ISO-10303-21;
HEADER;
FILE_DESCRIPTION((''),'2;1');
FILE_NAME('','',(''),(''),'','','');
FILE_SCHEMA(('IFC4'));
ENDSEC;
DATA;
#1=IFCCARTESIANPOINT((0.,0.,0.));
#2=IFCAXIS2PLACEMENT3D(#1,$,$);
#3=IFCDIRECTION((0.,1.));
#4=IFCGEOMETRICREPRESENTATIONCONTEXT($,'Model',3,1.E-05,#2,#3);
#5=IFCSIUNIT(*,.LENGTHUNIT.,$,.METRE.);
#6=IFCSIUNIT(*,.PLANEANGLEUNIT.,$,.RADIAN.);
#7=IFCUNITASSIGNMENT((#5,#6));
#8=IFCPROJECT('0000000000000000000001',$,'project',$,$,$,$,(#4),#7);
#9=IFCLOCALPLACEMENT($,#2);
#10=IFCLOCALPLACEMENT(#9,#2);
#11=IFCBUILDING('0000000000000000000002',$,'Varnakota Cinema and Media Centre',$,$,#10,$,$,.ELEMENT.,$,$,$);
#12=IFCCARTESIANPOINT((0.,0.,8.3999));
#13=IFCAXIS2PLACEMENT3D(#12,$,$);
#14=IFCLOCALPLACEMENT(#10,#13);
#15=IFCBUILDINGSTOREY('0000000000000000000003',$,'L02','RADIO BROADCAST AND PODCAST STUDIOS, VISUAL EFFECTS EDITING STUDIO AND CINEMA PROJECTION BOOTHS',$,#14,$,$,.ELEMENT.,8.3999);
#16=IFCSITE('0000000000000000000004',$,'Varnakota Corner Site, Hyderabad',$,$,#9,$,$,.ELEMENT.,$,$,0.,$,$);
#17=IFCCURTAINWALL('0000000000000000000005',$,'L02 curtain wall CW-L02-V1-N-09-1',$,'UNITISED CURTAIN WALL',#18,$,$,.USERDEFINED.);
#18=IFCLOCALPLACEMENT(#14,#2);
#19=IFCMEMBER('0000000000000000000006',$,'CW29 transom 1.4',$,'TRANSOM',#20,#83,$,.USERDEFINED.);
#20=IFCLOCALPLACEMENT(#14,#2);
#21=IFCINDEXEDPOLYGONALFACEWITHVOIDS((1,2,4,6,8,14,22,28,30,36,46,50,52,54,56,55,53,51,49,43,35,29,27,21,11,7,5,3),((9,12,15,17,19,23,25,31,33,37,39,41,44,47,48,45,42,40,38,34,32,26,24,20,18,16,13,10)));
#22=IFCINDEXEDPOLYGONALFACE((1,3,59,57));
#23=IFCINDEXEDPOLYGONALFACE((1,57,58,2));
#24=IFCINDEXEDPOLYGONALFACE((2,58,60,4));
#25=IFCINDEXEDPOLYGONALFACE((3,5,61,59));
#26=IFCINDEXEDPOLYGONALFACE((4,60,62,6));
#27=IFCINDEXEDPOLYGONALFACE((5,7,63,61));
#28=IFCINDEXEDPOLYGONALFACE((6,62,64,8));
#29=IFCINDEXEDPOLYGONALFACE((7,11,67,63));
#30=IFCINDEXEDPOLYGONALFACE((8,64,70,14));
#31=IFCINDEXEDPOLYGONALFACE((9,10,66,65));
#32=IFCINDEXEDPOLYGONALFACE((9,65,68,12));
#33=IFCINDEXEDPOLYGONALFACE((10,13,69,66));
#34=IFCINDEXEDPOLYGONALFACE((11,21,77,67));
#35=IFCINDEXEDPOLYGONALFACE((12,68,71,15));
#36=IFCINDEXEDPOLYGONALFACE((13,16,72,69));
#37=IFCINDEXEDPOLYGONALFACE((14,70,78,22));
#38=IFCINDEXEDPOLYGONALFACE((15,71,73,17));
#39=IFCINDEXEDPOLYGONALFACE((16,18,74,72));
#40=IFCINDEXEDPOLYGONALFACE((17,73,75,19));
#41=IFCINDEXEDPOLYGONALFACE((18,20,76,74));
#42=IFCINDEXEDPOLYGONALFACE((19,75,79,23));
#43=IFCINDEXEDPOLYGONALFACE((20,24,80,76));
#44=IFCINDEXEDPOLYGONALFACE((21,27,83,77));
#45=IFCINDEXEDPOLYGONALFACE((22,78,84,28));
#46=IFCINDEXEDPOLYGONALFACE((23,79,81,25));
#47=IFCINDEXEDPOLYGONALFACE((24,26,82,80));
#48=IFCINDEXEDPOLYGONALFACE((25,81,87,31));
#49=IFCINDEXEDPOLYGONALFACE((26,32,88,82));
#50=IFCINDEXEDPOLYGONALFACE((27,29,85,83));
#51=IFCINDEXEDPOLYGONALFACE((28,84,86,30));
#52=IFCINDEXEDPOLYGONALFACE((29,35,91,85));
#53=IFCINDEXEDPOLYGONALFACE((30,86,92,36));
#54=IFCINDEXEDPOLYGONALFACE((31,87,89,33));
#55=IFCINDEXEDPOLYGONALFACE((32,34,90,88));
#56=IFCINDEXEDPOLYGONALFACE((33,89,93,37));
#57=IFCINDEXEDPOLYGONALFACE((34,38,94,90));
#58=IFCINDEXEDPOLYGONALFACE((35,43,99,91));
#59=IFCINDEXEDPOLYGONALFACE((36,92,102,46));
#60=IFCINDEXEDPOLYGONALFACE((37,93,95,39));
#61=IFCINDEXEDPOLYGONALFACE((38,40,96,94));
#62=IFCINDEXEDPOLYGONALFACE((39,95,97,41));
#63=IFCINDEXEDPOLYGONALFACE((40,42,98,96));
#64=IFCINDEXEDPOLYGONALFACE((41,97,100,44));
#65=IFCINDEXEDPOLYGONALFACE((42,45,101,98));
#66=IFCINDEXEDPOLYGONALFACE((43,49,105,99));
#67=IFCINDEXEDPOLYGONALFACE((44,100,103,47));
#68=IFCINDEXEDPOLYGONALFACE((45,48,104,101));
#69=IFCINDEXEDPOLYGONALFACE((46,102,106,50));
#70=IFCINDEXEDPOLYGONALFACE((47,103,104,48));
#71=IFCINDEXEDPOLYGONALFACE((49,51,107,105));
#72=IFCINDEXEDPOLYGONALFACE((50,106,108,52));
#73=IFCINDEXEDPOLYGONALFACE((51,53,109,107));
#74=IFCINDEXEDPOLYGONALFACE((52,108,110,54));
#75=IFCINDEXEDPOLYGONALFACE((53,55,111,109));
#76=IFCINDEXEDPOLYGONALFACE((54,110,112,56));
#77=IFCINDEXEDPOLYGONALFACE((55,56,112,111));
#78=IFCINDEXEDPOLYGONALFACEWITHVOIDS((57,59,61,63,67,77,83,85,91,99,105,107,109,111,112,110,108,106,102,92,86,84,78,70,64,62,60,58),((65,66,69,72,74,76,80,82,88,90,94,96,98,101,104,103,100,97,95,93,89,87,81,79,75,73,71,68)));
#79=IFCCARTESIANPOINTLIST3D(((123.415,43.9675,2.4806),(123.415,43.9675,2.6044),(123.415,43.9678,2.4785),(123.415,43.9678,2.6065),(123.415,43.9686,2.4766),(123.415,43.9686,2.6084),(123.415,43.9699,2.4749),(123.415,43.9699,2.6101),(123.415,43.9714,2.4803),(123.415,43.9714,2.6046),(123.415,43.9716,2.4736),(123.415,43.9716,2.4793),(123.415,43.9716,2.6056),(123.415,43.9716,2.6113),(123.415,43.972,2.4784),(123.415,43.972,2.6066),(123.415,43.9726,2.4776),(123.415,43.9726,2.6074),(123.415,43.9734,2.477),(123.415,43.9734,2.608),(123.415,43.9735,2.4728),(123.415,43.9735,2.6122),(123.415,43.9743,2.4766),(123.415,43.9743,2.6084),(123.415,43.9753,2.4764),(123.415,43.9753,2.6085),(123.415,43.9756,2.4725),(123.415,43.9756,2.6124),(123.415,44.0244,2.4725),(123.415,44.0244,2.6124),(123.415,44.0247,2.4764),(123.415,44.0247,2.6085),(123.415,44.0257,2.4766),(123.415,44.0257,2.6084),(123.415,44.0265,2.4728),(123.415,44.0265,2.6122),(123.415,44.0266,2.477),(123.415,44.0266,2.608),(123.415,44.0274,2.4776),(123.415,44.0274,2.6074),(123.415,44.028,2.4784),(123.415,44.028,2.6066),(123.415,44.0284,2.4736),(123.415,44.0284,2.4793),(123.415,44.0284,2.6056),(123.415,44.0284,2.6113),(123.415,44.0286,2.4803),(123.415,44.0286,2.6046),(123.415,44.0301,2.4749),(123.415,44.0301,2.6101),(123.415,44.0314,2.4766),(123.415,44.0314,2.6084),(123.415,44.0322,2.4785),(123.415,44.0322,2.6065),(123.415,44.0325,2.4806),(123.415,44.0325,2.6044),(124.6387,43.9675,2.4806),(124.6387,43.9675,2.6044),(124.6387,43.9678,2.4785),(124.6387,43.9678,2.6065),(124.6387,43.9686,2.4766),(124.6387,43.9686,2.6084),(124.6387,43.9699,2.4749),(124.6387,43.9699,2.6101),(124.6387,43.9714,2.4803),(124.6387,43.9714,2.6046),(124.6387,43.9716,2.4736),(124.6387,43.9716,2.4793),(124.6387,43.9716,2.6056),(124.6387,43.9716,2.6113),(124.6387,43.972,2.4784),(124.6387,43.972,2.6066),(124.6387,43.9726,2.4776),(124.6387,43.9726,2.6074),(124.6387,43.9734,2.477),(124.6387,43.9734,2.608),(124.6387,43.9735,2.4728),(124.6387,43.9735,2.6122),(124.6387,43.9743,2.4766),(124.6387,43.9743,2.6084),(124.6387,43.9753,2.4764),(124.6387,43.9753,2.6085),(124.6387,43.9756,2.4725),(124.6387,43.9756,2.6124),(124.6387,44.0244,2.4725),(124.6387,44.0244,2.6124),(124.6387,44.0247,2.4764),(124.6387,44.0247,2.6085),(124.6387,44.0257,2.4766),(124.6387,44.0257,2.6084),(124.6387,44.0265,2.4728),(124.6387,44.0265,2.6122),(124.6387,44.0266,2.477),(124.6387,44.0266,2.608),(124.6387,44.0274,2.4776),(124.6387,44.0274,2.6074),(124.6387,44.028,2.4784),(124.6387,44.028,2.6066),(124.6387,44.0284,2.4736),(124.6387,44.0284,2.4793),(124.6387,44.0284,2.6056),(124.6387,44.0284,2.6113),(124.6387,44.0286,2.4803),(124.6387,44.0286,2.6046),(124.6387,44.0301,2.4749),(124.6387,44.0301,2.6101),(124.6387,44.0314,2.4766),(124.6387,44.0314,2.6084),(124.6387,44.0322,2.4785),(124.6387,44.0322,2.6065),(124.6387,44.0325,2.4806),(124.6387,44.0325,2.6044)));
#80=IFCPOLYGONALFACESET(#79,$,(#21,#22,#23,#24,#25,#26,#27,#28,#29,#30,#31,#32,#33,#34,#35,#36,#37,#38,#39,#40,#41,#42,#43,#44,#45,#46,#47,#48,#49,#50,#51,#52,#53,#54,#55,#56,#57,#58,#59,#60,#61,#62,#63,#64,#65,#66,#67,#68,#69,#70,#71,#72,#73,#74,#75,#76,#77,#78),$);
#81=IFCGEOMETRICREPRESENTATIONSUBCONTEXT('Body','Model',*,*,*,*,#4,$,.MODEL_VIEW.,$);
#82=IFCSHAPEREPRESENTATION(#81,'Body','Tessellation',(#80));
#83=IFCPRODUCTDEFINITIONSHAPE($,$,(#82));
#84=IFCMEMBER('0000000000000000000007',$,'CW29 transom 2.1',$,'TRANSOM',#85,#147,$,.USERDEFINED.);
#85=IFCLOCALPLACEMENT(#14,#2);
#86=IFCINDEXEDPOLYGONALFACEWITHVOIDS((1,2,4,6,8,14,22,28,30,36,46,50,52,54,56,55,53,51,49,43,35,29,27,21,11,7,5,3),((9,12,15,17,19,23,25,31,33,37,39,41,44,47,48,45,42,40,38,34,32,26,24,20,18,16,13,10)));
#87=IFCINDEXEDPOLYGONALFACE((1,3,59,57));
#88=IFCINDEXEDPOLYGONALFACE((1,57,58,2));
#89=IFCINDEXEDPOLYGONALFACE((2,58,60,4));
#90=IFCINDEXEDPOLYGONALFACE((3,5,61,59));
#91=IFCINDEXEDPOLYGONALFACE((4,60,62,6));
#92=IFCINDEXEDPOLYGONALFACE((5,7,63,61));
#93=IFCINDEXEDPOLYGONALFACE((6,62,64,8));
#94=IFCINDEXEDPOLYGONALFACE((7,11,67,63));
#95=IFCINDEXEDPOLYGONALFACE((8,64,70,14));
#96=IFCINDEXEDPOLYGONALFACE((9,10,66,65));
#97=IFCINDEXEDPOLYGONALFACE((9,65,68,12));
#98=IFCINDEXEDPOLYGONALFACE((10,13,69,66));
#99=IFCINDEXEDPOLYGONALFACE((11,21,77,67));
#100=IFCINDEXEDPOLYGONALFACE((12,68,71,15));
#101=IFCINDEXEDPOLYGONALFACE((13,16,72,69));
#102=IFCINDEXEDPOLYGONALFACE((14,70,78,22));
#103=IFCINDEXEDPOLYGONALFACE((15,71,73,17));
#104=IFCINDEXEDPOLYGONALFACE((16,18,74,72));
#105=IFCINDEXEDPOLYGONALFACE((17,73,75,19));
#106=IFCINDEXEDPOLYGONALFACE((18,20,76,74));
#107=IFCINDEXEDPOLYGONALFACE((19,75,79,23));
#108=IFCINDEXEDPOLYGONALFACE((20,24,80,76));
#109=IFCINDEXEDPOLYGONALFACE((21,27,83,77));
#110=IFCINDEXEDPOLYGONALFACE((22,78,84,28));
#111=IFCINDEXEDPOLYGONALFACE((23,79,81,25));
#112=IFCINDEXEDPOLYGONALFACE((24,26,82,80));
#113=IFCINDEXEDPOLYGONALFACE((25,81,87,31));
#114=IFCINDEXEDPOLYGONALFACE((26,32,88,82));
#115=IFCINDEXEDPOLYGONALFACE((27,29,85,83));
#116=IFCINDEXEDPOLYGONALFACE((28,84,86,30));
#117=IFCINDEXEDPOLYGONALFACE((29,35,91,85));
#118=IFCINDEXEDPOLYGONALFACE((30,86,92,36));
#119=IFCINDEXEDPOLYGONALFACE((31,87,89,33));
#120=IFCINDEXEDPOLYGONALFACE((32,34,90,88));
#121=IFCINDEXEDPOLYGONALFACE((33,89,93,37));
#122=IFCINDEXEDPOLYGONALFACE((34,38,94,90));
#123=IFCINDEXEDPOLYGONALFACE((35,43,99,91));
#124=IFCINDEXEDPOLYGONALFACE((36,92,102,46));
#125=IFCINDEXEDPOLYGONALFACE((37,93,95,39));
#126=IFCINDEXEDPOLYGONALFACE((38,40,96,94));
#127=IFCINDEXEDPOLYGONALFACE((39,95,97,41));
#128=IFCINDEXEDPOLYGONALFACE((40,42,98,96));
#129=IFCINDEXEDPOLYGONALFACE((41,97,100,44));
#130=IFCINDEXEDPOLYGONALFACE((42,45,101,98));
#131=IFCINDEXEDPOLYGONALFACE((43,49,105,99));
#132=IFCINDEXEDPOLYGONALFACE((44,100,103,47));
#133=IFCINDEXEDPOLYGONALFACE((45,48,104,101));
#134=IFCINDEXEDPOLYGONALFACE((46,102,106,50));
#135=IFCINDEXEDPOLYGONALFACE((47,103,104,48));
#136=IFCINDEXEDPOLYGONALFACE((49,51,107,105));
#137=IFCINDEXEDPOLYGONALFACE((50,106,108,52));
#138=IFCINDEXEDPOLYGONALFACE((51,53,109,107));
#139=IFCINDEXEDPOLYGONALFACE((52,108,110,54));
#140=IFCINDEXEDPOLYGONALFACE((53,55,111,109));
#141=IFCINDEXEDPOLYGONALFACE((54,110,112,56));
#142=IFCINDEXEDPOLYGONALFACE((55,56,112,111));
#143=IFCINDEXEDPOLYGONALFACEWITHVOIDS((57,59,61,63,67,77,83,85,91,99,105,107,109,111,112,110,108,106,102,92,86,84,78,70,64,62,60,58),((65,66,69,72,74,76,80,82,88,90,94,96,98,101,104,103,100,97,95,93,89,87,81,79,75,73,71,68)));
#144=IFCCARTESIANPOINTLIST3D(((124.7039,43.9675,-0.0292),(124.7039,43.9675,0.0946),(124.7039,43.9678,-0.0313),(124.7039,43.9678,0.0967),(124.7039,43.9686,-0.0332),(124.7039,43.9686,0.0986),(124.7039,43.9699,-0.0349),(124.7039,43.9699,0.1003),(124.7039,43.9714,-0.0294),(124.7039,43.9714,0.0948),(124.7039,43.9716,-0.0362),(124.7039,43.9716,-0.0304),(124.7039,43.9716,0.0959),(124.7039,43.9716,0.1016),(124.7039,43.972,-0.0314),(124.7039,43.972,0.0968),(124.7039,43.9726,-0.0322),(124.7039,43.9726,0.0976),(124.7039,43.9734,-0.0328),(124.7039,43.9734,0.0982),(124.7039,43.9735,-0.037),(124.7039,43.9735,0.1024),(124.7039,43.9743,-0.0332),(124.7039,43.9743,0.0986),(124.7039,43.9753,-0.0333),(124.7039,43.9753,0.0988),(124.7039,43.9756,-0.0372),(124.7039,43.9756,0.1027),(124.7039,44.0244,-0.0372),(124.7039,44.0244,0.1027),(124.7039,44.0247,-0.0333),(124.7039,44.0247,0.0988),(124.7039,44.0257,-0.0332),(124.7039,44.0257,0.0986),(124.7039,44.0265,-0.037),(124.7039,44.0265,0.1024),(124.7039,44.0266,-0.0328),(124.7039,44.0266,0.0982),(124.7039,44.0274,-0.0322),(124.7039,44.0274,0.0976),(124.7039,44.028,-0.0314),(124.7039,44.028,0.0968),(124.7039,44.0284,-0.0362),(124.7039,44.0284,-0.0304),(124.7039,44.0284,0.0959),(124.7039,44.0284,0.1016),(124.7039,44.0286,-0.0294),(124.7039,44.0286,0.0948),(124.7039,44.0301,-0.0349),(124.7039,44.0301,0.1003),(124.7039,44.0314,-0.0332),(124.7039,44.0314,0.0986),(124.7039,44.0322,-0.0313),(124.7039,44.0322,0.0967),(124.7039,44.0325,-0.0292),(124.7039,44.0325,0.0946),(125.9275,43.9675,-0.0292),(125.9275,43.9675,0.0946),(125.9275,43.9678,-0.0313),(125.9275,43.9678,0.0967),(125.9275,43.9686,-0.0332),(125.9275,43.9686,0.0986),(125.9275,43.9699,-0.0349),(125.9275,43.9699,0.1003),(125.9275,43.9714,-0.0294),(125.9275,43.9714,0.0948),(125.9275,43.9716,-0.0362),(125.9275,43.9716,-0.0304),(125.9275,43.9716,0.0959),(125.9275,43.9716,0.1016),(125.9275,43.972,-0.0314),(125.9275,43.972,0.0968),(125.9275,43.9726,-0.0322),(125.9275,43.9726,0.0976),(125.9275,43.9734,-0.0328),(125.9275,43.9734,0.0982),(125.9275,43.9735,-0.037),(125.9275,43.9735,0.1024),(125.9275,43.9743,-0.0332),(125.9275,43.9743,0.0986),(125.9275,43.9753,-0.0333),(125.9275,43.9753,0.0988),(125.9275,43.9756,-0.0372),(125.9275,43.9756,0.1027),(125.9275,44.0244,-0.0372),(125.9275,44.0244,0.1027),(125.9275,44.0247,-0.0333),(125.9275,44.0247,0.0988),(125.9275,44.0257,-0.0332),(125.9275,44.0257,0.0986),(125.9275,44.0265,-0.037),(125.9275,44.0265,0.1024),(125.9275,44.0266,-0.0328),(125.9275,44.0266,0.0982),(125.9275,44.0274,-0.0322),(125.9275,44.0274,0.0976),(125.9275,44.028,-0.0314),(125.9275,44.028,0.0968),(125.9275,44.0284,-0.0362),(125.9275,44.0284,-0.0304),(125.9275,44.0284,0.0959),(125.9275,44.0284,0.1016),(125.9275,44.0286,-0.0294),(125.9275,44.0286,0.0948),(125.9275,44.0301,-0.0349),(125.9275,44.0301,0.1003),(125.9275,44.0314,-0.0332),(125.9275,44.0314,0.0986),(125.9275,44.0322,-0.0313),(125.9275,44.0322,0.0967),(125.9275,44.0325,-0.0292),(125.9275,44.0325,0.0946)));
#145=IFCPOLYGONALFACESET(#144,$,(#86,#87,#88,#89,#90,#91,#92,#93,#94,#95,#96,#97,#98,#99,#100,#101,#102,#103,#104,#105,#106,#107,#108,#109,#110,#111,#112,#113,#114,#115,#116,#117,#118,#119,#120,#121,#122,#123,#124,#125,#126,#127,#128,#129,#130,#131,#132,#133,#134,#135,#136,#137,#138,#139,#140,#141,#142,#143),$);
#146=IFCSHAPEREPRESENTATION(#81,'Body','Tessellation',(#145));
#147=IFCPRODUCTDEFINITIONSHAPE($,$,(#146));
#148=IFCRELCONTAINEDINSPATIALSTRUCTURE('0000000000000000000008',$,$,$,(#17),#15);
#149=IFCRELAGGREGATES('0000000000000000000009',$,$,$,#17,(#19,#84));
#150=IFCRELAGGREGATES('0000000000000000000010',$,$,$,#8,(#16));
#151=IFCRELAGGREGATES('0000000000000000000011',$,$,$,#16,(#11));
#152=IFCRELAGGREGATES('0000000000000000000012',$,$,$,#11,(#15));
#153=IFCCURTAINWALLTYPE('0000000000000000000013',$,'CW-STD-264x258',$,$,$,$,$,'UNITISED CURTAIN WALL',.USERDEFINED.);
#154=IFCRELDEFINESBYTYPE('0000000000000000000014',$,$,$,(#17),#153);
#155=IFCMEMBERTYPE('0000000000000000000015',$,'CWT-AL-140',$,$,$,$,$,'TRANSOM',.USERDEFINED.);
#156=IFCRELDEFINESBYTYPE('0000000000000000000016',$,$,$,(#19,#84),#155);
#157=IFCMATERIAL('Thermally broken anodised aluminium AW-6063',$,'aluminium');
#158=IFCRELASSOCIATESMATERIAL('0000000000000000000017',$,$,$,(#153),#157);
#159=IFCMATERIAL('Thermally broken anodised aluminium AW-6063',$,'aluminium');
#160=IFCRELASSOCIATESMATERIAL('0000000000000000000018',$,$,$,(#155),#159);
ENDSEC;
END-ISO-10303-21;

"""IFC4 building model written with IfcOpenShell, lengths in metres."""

from ifc_helpers import new_model, si_unit, direction, frame, origin, origin_2d, place, context, subcontext, project, spatial, hollow_rectangle, extrude, material, material_profile, profile_set, type_object, element, aggregate, save


model = new_model("IFC4")

# Units and contexts
model_context = context("Model", 3, precision=1e-05, world=origin(), true_north=direction((0.0, 1.0)))
body_context = subcontext(model_context, "Body", "Model", "MODEL_VIEW")
ifc_project = project(units=[si_unit("LENGTHUNIT", "METRE"), si_unit("PLANEANGLEUNIT", "RADIAN")], contexts=[model_context])

# Site, building, storey
site_placement = place(None, origin())
site = spatial("IfcSite", under=ifc_project, at=site_placement, Name="Varnakota Corner Site, Hyderabad", CompositionType="ELEMENT", RefElevation=0.0)
building_placement = place(site_placement, origin())
building = spatial("IfcBuilding", under=site, at=building_placement, Name="Varnakota Cinema and Media Centre", CompositionType="ELEMENT")
storey_placement = place(building_placement, frame((0.0, 0.0, 8.3999)))
storey = spatial("IfcBuildingStorey", under=building, at=storey_placement, Name="L02", Description="RADIO BROADCAST AND PODCAST STUDIOS, VISUAL EFFECTS EDITING STUDIO AND CINEMA PROJECTION BOOTHS", CompositionType="ELEMENT", Elevation=8.3999)

# Shared definitions
ifc_material_1 = material(Name="Thermally broken anodised aluminium AW-6063", Category="aluminium")
curtain_wall_type = type_object("IfcCurtainWallType", Name="CW-STD-264x258", ElementType="UNITISED CURTAIN WALL", PredefinedType="USERDEFINED", material=ifc_material_1)

# Curtain wall
curtain_wall_1_placement = place(storey_placement, origin())
curtain_wall_1 = element("IfcCurtainWall", 1, at=curtain_wall_1_placement, inside=storey, type_object=curtain_wall_type, Name="L02 curtain wall CW-L02-V1-N-09-1", ObjectType="UNITISED CURTAIN WALL", PredefinedType="USERDEFINED")

# Members
ifc_material_2 = material(Name="Thermally broken anodised aluminium AW-6063", Category="aluminium")
ifc_material_profile_1 = material_profile(ifc_material_2, hollow_rectangle(XDim=0.0649, YDim=0.1399, WallThickness=0.0039, InnerFilletRadius=0.0039, OuterFilletRadius=0.0081, at=origin_2d()), Name="AL-TRANSOM 140x65x4")
ifc_profile_set_1 = profile_set([ifc_material_profile_1], Name="Thermally broken anodised aluminium AW-6063")
member_type_1 = type_object("IfcMemberType", Name="CWT-AL-140", ElementType="TRANSOM", PredefinedType="USERDEFINED", material=ifc_profile_set_1)
member_1_placement = place(storey_placement, frame((123.415, 44.0, 2.5425), z_axis=(1.0, 0.0, 0.0), x_axis=(0.0, 1.0, 0.0)))
member_1 = element("IfcMember", 2, at=member_1_placement, type_object=member_type_1, Name="CW29 transom 1.4", ObjectType="TRANSOM", PredefinedType="USERDEFINED", context=body_context, shape_type="SweptSolid", body=[
    extrude(hollow_rectangle(XDim=0.0649, YDim=0.1399, WallThickness=0.0039, InnerFilletRadius=0.0039, OuterFilletRadius=0.0081, at=origin_2d()), origin(), (0.0, 0.0, 1.0), 1.2236),
])
member_2_placement = place(storey_placement, frame((124.7039, 44.0, 0.0327), z_axis=(1.0, 0.0, 0.0), x_axis=(0.0, 1.0, 0.0)))
member_2 = element("IfcMember", 3, at=member_2_placement, type_object=member_type_1, Name="CW29 transom 2.1", ObjectType="TRANSOM", PredefinedType="USERDEFINED", context=body_context, shape_type="SweptSolid", body=[
    extrude(hollow_rectangle(XDim=0.0649, YDim=0.1399, WallThickness=0.0039, InnerFilletRadius=0.0039, OuterFilletRadius=0.0081, at=origin_2d()), origin(), (0.0, 0.0, 1.0), 1.2236),
])

aggregate(curtain_wall_1, [member_1, member_2])

save(model, "model.ifc")
